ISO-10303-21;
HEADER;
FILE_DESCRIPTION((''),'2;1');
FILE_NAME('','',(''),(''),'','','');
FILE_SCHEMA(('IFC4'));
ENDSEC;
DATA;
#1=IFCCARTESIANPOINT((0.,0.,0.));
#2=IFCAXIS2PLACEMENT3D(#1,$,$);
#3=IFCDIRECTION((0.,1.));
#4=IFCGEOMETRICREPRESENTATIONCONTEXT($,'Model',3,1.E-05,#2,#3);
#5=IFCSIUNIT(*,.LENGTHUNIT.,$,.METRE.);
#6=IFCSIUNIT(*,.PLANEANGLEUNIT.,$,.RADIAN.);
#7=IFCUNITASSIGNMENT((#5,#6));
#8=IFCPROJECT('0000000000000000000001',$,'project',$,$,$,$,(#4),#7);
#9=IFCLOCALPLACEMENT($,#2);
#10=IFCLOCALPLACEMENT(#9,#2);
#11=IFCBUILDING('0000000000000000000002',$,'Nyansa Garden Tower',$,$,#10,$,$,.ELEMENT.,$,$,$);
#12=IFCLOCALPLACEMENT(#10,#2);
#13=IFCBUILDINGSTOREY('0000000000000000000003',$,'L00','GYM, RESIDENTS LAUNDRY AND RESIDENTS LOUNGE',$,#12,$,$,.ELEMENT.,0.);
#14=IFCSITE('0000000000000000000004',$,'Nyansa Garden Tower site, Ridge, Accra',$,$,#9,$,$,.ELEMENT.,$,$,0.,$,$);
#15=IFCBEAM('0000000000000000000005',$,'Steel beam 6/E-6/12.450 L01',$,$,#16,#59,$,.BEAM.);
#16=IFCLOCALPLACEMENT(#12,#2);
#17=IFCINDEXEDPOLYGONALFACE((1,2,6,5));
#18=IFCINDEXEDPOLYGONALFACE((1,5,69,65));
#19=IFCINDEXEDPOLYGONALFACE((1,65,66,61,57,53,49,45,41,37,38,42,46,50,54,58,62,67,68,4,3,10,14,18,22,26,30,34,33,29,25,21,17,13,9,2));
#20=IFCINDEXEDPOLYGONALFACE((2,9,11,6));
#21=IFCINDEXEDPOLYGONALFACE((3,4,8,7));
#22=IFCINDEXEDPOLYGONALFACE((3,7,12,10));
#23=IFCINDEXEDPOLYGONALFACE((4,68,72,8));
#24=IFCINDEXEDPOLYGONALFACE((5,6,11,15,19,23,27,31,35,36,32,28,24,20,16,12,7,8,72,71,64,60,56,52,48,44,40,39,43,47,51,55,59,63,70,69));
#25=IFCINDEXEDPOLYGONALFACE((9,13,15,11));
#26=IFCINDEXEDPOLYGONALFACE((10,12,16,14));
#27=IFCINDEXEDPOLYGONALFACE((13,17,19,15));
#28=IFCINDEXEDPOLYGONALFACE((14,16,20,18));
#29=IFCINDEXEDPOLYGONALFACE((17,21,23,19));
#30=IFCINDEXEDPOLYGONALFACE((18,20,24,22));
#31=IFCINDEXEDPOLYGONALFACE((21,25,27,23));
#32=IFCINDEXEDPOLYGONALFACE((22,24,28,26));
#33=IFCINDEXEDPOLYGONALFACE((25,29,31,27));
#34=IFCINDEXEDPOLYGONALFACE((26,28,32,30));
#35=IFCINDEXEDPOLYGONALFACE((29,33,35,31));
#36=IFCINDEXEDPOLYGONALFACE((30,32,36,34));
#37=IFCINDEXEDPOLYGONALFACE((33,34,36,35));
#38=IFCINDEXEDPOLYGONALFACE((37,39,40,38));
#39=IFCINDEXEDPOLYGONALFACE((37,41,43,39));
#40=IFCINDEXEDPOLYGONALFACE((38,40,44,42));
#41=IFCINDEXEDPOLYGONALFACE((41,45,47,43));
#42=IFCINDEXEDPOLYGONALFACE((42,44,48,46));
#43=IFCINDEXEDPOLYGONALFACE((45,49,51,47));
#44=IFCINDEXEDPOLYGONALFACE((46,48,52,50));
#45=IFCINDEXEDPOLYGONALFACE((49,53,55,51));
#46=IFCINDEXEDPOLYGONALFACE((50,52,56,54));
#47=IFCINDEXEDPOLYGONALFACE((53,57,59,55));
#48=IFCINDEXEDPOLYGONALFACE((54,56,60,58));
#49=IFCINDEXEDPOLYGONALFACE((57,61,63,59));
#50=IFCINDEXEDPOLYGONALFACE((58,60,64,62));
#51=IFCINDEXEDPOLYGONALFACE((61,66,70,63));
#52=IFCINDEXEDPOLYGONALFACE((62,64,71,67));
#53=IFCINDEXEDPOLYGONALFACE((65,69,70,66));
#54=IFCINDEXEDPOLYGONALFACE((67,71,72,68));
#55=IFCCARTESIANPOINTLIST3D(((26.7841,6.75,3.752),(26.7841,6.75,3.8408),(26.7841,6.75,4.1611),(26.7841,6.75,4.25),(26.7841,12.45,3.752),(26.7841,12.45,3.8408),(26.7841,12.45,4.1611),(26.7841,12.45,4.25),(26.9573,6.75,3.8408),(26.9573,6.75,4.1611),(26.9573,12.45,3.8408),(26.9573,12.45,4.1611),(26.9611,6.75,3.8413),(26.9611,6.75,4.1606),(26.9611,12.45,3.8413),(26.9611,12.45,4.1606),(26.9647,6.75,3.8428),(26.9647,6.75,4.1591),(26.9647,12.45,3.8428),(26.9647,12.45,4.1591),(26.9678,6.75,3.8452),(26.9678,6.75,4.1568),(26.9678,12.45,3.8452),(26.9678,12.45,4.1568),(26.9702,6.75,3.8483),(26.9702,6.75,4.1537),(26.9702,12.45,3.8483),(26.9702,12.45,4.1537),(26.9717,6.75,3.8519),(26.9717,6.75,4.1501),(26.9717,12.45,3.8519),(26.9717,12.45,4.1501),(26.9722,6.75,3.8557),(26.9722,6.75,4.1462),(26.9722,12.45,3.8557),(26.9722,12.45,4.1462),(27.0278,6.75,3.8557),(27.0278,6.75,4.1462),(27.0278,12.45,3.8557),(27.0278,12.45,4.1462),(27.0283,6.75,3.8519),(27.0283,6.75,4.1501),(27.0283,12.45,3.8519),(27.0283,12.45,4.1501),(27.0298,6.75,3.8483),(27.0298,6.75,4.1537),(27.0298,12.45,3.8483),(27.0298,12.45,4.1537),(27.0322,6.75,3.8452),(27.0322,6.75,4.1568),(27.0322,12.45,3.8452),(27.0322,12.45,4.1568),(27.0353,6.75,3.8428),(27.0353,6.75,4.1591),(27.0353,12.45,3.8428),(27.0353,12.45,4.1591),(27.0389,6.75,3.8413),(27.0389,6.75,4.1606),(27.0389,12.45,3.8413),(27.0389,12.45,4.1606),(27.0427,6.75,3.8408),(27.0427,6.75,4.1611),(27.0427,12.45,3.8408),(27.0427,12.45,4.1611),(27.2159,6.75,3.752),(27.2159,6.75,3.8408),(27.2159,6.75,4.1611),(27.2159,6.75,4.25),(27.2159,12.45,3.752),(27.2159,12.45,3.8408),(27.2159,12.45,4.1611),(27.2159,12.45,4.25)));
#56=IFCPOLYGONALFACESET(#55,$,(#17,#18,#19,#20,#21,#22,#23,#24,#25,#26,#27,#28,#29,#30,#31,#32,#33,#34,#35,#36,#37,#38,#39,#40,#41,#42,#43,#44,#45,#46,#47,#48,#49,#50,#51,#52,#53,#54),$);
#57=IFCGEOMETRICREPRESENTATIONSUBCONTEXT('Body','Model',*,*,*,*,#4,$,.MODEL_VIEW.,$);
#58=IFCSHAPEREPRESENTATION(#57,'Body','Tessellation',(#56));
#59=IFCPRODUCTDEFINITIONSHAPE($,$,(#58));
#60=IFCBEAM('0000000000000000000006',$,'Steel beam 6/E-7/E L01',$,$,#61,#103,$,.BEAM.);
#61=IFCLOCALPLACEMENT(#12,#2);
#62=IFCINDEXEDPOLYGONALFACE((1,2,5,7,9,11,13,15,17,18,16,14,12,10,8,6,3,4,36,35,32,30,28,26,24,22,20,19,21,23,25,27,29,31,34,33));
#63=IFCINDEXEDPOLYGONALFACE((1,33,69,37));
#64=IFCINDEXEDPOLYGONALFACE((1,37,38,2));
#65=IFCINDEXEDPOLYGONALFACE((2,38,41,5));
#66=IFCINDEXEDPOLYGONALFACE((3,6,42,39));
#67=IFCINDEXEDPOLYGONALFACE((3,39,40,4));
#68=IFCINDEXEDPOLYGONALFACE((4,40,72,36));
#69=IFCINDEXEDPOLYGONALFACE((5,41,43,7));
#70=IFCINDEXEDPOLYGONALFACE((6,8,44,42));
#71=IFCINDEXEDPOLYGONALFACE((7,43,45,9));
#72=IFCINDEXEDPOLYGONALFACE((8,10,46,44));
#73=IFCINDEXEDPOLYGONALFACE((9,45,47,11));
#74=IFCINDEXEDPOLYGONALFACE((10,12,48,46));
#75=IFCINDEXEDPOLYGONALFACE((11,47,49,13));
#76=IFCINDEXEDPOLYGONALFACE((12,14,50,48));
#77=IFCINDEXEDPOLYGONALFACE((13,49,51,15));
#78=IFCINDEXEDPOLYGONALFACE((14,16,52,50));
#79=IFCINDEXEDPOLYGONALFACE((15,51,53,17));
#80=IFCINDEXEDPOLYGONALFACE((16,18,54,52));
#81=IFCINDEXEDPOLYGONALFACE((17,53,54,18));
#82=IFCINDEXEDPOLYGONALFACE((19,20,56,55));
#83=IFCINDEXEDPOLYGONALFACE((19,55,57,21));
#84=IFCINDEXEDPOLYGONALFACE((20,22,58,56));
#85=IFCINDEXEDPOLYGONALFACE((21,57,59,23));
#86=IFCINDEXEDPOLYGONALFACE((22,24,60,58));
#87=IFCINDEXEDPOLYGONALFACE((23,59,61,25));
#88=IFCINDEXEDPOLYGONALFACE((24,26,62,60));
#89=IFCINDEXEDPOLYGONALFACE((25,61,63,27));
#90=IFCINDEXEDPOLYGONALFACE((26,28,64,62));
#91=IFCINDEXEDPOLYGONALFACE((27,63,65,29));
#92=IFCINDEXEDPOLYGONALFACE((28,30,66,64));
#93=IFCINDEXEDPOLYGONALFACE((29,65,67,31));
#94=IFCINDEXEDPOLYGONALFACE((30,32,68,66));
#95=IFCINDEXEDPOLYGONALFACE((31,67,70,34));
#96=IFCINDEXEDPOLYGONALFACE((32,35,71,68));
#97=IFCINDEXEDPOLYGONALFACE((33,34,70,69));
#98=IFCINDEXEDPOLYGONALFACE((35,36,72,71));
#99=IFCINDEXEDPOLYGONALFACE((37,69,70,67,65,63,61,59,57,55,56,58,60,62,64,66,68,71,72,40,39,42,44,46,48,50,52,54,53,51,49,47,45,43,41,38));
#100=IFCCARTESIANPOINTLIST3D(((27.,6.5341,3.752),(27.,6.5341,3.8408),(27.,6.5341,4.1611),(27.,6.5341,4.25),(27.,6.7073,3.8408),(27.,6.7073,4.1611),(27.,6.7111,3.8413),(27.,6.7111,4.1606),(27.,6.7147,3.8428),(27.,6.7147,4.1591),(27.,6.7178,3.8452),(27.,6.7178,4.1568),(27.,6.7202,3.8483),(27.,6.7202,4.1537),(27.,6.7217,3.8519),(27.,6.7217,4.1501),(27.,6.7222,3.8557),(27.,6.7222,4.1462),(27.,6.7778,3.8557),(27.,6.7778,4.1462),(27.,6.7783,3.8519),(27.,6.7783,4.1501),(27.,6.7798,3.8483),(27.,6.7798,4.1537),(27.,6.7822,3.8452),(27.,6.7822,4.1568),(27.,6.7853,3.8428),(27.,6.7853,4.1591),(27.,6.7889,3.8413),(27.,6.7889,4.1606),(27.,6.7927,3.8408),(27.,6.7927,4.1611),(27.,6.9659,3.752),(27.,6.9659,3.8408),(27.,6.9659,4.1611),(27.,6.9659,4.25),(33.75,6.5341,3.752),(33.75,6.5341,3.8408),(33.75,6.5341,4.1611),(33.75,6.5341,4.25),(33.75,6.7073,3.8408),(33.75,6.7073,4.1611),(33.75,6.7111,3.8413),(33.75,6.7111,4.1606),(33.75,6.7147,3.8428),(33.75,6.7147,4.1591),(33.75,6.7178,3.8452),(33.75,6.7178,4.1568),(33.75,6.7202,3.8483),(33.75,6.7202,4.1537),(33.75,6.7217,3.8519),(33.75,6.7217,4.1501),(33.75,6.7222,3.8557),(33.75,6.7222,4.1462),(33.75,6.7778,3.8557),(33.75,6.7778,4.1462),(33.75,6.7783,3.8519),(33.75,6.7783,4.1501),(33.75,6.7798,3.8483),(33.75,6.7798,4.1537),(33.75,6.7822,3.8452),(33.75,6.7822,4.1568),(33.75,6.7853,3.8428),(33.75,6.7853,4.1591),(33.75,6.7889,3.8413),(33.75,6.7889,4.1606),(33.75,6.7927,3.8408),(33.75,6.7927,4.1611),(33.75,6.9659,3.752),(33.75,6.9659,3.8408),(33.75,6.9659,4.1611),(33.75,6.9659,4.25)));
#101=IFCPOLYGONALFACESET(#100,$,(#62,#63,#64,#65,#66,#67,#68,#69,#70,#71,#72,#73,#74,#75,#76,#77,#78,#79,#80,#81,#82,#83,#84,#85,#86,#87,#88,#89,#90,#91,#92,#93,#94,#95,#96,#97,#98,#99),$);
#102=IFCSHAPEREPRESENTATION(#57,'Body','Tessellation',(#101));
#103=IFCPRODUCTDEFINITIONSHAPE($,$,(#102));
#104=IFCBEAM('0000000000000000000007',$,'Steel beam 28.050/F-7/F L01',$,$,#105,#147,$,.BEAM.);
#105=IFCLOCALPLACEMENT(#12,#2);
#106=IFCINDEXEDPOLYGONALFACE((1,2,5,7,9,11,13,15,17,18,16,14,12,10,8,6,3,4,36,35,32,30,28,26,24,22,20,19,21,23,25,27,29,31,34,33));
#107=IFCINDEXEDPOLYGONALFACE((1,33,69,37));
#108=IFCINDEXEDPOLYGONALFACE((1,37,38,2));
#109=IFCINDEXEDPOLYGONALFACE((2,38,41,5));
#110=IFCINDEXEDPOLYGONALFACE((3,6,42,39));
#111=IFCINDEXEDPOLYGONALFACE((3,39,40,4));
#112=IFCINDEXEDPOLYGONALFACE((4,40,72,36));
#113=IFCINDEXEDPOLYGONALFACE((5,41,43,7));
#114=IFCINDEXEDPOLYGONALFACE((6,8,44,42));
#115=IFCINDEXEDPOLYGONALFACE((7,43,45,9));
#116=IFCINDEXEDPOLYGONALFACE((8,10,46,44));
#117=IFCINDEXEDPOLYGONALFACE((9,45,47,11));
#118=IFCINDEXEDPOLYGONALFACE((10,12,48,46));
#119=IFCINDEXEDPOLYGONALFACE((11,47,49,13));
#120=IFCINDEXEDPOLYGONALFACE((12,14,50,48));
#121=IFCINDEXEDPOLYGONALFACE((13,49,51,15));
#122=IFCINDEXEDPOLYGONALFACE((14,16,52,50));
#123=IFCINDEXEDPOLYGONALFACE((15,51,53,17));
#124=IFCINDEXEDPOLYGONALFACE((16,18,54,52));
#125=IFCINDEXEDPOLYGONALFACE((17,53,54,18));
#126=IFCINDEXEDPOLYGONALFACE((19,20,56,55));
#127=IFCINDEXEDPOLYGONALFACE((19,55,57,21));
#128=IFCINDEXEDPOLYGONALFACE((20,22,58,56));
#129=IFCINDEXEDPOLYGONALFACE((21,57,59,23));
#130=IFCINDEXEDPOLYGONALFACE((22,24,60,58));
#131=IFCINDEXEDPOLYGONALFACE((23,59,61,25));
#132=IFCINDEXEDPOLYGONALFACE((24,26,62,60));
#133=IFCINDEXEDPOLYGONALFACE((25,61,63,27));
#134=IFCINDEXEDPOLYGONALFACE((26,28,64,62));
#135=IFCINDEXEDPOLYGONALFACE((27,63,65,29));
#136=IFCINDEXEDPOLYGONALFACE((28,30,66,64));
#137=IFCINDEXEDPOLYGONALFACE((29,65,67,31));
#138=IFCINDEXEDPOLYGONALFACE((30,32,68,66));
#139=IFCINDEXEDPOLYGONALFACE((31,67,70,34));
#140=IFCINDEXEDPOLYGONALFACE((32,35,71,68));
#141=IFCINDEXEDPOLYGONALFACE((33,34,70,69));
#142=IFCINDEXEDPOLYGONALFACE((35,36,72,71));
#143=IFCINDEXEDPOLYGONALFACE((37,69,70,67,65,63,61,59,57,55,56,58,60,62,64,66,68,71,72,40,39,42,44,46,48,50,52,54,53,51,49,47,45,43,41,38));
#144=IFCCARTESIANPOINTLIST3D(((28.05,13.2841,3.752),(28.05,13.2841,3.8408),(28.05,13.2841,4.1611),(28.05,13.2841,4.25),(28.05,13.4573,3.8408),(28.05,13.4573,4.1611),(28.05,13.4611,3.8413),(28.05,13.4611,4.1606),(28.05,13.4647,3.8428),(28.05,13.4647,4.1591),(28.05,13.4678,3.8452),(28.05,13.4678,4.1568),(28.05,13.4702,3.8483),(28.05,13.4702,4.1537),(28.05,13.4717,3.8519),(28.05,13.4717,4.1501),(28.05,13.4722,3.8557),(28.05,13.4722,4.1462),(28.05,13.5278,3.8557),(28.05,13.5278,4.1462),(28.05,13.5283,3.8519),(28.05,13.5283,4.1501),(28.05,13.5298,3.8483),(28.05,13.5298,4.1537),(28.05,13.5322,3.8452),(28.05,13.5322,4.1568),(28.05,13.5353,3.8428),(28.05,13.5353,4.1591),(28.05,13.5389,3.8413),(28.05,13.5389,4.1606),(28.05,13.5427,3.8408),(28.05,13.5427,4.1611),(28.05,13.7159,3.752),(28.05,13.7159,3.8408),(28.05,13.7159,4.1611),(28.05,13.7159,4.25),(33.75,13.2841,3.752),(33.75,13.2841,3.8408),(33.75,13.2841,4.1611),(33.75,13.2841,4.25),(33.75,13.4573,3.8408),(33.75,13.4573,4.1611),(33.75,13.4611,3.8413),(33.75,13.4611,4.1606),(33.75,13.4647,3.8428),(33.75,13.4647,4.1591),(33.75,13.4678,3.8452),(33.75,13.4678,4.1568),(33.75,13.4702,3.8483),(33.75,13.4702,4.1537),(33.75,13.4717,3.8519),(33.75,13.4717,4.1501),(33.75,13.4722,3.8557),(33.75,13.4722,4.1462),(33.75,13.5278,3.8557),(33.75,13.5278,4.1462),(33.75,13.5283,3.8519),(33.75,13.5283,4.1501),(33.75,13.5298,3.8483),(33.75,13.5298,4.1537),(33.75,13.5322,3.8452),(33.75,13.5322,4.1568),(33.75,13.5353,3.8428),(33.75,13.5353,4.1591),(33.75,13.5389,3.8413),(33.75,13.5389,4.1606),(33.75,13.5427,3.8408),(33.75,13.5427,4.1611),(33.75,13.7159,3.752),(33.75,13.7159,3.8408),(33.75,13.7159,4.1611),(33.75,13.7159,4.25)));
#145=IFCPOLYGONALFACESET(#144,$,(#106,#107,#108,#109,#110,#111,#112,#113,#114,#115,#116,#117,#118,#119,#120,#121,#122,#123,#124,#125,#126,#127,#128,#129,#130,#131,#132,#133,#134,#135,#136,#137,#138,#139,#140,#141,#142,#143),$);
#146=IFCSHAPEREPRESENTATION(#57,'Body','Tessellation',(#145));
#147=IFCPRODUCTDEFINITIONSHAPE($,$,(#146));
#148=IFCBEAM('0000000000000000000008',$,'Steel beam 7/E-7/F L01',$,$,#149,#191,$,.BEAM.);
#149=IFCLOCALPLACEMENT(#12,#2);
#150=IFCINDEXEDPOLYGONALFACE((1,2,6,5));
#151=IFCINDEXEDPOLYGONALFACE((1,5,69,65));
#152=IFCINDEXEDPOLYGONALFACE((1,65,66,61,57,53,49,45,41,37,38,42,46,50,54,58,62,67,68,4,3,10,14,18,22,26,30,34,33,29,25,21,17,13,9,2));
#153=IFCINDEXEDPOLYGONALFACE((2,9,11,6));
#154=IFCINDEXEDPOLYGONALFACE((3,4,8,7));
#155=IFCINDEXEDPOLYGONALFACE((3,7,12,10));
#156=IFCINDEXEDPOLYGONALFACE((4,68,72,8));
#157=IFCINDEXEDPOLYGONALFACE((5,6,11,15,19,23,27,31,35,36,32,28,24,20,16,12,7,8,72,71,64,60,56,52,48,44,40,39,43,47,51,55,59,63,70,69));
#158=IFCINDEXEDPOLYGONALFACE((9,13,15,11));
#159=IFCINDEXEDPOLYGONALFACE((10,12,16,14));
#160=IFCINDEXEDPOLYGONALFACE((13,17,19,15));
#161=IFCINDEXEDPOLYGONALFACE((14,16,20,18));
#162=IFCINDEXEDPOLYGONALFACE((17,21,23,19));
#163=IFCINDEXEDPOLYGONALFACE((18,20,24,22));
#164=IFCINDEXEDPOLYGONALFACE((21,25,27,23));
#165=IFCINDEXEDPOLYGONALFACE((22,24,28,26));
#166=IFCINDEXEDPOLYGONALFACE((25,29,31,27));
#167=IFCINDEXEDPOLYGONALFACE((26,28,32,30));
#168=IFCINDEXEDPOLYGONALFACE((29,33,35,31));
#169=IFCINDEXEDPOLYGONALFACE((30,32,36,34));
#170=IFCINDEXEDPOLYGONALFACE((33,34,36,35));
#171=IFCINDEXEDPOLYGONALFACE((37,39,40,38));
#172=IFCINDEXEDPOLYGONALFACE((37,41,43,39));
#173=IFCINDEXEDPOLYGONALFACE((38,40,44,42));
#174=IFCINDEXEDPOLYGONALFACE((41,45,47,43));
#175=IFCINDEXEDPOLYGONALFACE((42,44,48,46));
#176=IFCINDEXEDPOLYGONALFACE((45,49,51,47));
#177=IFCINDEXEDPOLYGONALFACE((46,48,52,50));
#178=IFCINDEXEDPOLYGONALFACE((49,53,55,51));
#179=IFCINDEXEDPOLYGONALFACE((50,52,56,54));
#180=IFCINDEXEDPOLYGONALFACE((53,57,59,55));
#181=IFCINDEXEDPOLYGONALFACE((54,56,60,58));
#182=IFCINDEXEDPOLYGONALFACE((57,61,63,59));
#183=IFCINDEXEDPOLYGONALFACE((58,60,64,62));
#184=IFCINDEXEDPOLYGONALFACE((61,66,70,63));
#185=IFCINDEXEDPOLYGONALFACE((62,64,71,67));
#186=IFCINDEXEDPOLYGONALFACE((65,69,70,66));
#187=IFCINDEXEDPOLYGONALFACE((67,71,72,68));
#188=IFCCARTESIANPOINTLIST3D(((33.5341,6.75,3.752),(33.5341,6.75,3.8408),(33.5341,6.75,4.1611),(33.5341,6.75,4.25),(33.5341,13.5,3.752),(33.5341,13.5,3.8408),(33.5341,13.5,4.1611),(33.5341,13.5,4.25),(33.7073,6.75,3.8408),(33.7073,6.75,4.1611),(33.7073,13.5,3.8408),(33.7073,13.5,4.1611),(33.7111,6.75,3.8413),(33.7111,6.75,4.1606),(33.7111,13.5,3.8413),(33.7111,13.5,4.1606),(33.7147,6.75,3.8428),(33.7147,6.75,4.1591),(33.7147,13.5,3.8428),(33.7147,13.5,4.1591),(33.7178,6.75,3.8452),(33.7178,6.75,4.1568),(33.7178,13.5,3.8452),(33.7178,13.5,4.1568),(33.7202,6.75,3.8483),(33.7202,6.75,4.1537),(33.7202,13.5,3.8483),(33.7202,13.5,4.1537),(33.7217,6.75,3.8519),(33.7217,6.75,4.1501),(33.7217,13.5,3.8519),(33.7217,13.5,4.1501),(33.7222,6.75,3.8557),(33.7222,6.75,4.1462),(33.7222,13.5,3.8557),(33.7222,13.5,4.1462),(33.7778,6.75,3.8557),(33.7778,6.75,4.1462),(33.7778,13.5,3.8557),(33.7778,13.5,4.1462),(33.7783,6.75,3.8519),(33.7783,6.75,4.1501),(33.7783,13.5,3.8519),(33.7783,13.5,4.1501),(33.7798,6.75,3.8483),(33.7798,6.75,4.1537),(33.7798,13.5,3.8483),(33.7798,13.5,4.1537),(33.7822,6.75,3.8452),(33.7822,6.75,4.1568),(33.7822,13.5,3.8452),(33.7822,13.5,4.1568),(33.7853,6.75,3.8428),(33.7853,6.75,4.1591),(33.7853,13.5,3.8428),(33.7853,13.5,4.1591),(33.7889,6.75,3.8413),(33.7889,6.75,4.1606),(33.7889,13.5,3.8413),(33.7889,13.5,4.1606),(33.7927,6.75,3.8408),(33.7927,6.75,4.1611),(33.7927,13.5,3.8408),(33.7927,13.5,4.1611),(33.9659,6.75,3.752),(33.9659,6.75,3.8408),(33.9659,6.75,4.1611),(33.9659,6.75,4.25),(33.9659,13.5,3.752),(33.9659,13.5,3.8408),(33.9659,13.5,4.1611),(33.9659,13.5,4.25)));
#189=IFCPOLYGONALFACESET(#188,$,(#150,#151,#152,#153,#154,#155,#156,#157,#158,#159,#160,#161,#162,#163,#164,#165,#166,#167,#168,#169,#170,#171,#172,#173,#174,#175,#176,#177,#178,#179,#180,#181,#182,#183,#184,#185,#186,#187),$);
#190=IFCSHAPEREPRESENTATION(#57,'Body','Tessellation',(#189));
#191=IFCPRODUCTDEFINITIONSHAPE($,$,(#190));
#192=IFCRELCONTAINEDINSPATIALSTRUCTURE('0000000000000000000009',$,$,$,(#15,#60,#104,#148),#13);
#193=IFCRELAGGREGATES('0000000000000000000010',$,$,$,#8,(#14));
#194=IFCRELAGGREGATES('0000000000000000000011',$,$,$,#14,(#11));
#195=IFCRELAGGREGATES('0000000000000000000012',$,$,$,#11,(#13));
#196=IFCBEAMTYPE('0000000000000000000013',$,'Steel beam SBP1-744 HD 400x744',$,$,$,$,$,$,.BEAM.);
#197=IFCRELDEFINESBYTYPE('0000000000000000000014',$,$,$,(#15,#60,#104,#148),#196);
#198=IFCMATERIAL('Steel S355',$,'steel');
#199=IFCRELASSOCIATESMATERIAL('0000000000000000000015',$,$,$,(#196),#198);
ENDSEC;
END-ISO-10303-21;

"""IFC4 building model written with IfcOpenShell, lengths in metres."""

from ifc_helpers import new_model, si_unit, direction, frame, origin, origin_2d, place, context, subcontext, project, spatial, i_section, extrude, material, material_profile, profile_set, type_object, element, save


model = new_model("IFC4")

# Units and contexts
model_context = context("Model", 3, precision=1e-05, world=origin(), true_north=direction((0.0, 1.0)))
body_context = subcontext(model_context, "Body", "Model", "MODEL_VIEW")
ifc_project = project(units=[si_unit("LENGTHUNIT", "METRE"), si_unit("PLANEANGLEUNIT", "RADIAN")], contexts=[model_context])

# Site, building, storey
site_placement = place(None, origin())
site = spatial("IfcSite", under=ifc_project, at=site_placement, Name="Nyansa Garden Tower site, Ridge, Accra", CompositionType="ELEMENT", RefElevation=0.0)
building_placement = place(site_placement, origin())
building = spatial("IfcBuilding", under=site, at=building_placement, Name="Nyansa Garden Tower", CompositionType="ELEMENT")
storey_placement = place(building_placement, origin())
storey = spatial("IfcBuildingStorey", under=building, at=storey_placement, Name="L00", Description="GYM, RESIDENTS LAUNDRY AND RESIDENTS LOUNGE", CompositionType="ELEMENT", Elevation=0.0)

# Beams
ifc_material_1 = material(Name="Steel S355", Category="steel")
ifc_material_profile_1 = material_profile(ifc_material_1, i_section(OverallWidth=0.4319, OverallDepth=0.498, WebThickness=0.0557, FlangeThickness=0.0889, FilletRadius=0.0149, at=origin_2d()), Name="HD 400x744")
ifc_profile_set_1 = profile_set([ifc_material_profile_1], Name="Steel S355")
beam_type_1 = type_object("IfcBeamType", Name="Steel beam SBP1-744 HD 400x744", PredefinedType="BEAM", material=ifc_profile_set_1)
beam_1_placement = place(storey_placement, frame((27.0, 6.75, 4.001), z_axis=(0.0, 1.0, 0.0), x_axis=(-1.0, 0.0, 0.0)))
element("IfcBeam", 1, at=beam_1_placement, inside=storey, type_object=beam_type_1, Name="Steel beam 6/E-6/12.450 L01", PredefinedType="BEAM", context=body_context, shape_type="SweptSolid", body=[
    extrude(i_section(OverallWidth=0.4319, OverallDepth=0.498, WebThickness=0.0557, FlangeThickness=0.0889, FilletRadius=0.0149, at=origin_2d()), origin(), (0.0, 0.0, 1.0), 5.7),
])
beam_2_placement = place(storey_placement, frame((27.0, 6.75, 4.001), z_axis=(1.0, 0.0, 0.0), x_axis=(0.0, 1.0, 0.0)))
element("IfcBeam", 2, at=beam_2_placement, inside=storey, type_object=beam_type_1, Name="Steel beam 6/E-7/E L01", PredefinedType="BEAM", context=body_context, shape_type="SweptSolid", body=[
    extrude(i_section(OverallWidth=0.4319, OverallDepth=0.498, WebThickness=0.0557, FlangeThickness=0.0889, FilletRadius=0.0149, at=origin_2d()), origin(), (0.0, 0.0, 1.0), 6.75),
])
beam_3_placement = place(storey_placement, frame((28.05, 13.5, 4.001), z_axis=(1.0, 0.0, 0.0), x_axis=(0.0, 1.0, 0.0)))
element("IfcBeam", 3, at=beam_3_placement, inside=storey, type_object=beam_type_1, Name="Steel beam 28.050/F-7/F L01", PredefinedType="BEAM", context=body_context, shape_type="SweptSolid", body=[
    extrude(i_section(OverallWidth=0.4319, OverallDepth=0.498, WebThickness=0.0557, FlangeThickness=0.0889, FilletRadius=0.0149, at=origin_2d()), origin(), (0.0, 0.0, 1.0), 5.7),
])
for number, where, z_axis, x_axis, name in (
    (4, (33.75, 6.75, 4.001), (0.0, 1.0, 0.0), (-1.0, 0.0, 0.0), "Steel beam 7/E-7/F L01"),
):
    element("IfcBeam", number, at=place(storey_placement, frame(where, z_axis=z_axis, x_axis=x_axis)), inside=storey, type_object=beam_type_1, Name=name, PredefinedType="BEAM", context=body_context, shape_type="SweptSolid", body=[
        extrude(i_section(OverallWidth=0.4319, OverallDepth=0.498, WebThickness=0.0557, FlangeThickness=0.0889, FilletRadius=0.0149, at=origin_2d()), origin(), (0.0, 0.0, 1.0), 6.75),
    ])

save(model, "model.ifc")
